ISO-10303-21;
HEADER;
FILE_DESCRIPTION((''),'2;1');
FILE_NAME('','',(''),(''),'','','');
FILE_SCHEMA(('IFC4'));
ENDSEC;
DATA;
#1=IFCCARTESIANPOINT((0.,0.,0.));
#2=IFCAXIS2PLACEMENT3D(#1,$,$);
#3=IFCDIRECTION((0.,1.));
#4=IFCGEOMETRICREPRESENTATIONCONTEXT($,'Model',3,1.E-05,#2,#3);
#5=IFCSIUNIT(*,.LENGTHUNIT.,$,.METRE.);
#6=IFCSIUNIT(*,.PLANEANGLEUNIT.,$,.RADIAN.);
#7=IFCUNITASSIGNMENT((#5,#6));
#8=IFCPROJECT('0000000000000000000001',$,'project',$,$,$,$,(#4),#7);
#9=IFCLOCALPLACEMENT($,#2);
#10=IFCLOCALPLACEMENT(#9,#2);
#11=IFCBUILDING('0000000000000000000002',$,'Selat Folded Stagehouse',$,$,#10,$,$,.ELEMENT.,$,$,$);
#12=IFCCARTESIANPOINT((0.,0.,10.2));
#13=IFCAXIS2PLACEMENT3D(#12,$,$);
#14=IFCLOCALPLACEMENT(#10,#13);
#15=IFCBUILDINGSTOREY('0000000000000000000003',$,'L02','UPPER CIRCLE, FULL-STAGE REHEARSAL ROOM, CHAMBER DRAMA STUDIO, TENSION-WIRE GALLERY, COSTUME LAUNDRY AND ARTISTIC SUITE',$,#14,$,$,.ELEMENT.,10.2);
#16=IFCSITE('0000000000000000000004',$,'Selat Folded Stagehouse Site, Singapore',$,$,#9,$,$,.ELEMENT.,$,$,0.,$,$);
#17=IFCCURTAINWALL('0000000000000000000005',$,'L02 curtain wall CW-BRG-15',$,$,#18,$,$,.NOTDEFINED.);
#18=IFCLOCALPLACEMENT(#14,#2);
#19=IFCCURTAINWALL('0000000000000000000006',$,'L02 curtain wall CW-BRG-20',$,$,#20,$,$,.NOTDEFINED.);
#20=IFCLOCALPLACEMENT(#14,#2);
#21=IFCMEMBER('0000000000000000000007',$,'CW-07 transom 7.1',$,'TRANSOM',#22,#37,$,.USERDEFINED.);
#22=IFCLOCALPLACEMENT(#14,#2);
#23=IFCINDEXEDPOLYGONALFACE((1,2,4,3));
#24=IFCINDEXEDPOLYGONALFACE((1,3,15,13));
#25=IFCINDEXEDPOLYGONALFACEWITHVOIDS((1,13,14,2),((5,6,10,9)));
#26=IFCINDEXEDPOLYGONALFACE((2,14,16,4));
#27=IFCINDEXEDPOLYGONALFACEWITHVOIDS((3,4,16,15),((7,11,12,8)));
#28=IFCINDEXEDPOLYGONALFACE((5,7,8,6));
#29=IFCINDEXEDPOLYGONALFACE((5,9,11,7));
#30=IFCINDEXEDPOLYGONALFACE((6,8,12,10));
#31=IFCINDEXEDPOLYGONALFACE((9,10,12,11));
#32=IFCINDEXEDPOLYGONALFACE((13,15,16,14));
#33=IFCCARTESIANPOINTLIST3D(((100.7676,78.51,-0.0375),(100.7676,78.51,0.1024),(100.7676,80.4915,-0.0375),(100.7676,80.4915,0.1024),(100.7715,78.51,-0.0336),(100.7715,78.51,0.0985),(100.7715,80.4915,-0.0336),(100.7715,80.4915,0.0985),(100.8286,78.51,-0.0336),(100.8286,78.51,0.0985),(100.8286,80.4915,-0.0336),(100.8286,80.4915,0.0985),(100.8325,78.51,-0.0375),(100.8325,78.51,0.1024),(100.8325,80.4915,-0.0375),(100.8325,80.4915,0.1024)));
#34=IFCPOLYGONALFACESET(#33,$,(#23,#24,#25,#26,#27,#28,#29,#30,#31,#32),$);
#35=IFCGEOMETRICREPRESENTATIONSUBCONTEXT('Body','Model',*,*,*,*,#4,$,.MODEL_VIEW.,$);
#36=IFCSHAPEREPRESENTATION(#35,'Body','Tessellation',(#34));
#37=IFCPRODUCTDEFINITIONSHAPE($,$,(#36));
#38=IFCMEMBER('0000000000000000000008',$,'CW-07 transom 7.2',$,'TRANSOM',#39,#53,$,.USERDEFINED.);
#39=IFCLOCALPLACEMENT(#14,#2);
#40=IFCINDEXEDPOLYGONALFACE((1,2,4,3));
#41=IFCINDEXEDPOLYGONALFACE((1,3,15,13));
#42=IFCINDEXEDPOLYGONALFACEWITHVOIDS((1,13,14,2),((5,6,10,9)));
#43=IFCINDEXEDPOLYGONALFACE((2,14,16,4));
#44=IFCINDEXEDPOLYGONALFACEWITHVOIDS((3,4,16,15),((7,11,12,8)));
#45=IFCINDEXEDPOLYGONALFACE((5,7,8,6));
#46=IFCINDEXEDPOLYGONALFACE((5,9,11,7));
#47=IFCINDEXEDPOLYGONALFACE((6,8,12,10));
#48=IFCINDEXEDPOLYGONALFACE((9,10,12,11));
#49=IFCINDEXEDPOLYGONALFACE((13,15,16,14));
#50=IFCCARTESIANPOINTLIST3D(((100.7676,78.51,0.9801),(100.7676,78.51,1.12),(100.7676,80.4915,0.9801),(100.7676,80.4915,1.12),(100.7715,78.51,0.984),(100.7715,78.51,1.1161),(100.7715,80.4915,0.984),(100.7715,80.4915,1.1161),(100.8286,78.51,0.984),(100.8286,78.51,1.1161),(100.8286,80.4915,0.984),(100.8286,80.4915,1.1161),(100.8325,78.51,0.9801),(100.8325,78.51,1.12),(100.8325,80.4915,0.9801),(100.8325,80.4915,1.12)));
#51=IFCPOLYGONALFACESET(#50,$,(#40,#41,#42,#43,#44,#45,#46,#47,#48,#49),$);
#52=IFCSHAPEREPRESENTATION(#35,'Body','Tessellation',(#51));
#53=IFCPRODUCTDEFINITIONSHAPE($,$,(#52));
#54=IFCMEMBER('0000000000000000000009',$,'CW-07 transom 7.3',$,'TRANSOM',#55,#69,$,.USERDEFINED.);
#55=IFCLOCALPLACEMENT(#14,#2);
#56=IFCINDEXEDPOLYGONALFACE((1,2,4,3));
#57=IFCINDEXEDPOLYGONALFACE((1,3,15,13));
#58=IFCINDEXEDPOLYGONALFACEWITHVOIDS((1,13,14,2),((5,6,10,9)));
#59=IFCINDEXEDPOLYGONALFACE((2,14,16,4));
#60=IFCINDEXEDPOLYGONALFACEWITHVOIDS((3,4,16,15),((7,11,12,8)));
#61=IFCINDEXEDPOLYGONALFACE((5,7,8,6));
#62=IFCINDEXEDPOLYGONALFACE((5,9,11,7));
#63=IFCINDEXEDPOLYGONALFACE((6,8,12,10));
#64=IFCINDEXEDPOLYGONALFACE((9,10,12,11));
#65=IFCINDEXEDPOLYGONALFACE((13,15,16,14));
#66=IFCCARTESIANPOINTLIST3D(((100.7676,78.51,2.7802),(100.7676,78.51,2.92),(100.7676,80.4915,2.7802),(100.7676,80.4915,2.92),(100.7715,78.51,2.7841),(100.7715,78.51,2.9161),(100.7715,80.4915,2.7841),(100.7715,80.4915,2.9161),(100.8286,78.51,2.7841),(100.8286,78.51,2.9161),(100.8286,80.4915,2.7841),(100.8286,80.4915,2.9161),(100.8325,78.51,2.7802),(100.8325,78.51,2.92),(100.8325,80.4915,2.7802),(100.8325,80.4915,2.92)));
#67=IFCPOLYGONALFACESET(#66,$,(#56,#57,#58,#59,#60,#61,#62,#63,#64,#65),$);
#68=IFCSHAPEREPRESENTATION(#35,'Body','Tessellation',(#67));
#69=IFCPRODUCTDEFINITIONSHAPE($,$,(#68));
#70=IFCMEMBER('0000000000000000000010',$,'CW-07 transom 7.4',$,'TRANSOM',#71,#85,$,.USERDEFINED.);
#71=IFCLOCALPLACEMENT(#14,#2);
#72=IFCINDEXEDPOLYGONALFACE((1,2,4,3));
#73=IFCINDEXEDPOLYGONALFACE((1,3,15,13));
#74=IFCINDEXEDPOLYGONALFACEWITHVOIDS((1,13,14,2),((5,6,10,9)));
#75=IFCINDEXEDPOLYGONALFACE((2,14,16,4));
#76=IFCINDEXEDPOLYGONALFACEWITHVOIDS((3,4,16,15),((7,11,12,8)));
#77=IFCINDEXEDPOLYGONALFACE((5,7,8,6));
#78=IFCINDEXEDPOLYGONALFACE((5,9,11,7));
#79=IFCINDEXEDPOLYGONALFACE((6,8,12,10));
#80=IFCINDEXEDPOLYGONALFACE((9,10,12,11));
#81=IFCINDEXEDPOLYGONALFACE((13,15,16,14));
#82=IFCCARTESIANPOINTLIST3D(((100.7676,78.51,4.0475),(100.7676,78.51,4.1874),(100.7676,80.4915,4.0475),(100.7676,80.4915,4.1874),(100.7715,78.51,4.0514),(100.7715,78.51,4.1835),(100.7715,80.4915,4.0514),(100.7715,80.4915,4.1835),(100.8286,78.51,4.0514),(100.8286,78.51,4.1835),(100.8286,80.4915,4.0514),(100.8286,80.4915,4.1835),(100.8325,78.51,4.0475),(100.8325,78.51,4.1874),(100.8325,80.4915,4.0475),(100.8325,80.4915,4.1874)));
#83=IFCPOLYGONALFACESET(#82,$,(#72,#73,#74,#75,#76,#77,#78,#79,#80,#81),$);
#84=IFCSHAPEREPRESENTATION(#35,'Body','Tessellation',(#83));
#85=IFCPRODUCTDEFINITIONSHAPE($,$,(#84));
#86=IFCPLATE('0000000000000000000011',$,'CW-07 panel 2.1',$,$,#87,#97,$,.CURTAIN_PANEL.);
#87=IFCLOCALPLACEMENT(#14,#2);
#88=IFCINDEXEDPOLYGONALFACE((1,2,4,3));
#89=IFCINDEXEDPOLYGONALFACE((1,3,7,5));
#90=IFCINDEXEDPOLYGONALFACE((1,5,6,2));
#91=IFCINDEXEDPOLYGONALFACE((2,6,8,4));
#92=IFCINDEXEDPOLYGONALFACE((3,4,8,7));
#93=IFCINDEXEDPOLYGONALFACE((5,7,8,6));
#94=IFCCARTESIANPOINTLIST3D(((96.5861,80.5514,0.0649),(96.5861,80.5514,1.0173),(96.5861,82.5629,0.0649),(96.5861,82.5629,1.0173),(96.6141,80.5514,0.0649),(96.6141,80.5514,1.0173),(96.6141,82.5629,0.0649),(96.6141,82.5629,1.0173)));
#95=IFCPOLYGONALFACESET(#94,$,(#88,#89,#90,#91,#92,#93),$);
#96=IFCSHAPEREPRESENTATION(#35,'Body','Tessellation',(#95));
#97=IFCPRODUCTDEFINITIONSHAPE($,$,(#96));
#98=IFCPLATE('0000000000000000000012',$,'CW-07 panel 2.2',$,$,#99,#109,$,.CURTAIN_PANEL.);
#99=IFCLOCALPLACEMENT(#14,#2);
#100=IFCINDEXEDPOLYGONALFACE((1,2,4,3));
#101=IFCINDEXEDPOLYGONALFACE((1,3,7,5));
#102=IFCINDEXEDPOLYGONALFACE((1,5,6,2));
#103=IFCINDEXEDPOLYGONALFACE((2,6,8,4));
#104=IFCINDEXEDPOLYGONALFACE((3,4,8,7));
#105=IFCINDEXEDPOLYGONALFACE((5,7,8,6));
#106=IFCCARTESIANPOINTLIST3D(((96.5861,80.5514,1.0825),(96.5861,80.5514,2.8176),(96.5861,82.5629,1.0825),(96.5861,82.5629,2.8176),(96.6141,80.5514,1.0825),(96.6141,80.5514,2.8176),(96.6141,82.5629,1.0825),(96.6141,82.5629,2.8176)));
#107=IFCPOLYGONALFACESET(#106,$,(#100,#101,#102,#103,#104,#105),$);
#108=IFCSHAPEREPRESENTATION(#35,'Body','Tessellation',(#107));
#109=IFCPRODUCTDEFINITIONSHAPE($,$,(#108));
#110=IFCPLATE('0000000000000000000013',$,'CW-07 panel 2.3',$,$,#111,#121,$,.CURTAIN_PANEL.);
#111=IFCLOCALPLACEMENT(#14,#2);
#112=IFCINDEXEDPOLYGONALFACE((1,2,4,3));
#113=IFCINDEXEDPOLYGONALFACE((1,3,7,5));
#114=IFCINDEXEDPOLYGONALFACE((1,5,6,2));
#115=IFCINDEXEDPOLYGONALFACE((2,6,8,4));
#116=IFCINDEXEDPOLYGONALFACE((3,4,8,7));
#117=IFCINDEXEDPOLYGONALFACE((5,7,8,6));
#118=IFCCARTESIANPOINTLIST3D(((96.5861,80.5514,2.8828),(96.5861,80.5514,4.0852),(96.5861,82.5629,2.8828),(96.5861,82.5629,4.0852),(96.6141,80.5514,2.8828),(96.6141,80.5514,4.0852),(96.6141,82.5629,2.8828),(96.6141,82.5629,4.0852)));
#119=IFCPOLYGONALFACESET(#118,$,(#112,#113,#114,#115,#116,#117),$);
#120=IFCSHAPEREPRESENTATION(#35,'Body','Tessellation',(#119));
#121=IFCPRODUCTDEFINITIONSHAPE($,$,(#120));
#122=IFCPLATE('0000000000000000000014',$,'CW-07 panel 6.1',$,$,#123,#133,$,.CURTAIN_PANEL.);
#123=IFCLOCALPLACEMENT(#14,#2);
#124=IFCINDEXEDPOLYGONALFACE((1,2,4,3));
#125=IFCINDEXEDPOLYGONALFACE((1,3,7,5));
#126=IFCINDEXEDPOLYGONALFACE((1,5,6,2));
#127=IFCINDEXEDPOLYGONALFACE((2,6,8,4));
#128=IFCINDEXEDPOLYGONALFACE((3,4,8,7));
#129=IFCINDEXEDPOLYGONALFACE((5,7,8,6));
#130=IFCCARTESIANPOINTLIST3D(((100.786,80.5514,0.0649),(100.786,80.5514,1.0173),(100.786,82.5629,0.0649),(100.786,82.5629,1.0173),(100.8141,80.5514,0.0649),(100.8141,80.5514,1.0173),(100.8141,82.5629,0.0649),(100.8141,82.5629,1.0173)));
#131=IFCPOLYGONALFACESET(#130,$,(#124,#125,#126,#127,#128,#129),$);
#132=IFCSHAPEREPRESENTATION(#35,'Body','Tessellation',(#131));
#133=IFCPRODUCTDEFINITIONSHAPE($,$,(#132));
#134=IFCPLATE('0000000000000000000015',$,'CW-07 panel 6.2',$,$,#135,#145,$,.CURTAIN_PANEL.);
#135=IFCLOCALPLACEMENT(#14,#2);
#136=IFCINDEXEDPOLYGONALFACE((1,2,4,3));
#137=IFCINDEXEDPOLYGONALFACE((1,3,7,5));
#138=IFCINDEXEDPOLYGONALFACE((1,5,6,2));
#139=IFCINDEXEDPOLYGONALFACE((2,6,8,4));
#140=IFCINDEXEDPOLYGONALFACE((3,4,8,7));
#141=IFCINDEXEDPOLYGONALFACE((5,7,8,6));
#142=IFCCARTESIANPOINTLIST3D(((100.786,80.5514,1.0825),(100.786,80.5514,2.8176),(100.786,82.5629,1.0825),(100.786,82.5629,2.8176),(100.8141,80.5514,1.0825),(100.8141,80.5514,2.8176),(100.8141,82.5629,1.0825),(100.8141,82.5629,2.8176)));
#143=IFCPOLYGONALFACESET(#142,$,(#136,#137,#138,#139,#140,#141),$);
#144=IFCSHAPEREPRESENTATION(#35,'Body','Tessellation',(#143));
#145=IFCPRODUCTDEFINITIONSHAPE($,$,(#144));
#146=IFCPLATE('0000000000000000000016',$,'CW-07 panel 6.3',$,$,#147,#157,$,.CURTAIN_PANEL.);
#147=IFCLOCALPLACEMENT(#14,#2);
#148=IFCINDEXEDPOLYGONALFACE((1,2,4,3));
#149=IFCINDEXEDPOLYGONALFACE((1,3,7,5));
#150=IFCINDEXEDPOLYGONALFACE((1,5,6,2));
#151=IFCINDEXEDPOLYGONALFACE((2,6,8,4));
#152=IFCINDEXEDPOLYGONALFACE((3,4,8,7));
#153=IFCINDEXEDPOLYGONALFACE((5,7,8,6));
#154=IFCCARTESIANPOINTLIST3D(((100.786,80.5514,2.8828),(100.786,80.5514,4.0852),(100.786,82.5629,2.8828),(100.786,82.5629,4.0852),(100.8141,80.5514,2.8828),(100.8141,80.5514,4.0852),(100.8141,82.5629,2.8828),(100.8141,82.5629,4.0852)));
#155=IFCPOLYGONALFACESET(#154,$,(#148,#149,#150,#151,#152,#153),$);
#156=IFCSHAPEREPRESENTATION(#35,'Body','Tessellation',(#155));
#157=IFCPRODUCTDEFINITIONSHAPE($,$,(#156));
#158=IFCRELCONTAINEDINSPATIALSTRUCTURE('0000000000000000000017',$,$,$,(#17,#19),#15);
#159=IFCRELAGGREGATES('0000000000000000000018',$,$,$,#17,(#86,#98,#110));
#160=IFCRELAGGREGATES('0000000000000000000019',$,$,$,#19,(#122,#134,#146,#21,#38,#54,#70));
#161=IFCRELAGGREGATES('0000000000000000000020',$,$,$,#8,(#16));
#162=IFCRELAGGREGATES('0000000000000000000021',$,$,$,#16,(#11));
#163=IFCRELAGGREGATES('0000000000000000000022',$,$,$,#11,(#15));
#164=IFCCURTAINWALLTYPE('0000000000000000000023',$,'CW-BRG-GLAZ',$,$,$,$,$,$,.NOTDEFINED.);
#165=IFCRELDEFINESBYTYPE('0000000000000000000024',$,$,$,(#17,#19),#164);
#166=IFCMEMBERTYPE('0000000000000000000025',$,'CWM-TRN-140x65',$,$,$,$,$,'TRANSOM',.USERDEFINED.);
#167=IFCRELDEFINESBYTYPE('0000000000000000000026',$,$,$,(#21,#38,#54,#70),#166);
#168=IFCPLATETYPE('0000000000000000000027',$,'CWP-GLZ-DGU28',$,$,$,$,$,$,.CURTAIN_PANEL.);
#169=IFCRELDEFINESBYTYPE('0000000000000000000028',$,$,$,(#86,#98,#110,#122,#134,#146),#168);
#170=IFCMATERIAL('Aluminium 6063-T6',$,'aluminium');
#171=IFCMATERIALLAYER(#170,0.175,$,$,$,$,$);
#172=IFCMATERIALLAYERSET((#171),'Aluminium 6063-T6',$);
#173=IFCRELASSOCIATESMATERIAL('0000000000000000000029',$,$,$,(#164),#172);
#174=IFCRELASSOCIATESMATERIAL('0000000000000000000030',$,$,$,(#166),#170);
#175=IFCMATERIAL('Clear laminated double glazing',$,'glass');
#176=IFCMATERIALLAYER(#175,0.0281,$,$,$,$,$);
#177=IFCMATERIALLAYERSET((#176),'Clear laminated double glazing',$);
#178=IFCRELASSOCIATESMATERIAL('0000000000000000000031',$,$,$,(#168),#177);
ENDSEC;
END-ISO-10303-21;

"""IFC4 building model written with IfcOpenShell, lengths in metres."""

from ifc_helpers import new_model, si_unit, direction, frame, origin, origin_2d, place, context, subcontext, project, spatial, rectangle, hollow_rectangle, extrude, material, layer, layer_set, material_profile, profile_set, type_object, element, aggregate, save


model = new_model("IFC4")

# Units and contexts
model_context = context("Model", 3, precision=1e-05, world=origin(), true_north=direction((0.0, 1.0)))
body_context = subcontext(model_context, "Body", "Model", "MODEL_VIEW")
ifc_project = project(units=[si_unit("LENGTHUNIT", "METRE"), si_unit("PLANEANGLEUNIT", "RADIAN")], contexts=[model_context])

# Site, building, storey
site_placement = place(None, origin())
site = spatial("IfcSite", under=ifc_project, at=site_placement, Name="Selat Folded Stagehouse Site, Singapore", CompositionType="ELEMENT", RefElevation=0.0)
building_placement = place(site_placement, origin())
building = spatial("IfcBuilding", under=site, at=building_placement, Name="Selat Folded Stagehouse", CompositionType="ELEMENT")
storey_placement = place(building_placement, frame((0.0, 0.0, 10.2)))
storey = spatial("IfcBuildingStorey", under=building, at=storey_placement, Name="L02", Description="UPPER CIRCLE, FULL-STAGE REHEARSAL ROOM, CHAMBER DRAMA STUDIO, TENSION-WIRE GALLERY, COSTUME LAUNDRY AND ARTISTIC SUITE", CompositionType="ELEMENT", Elevation=10.2)

# Curtain wall
ifc_material_1 = material(Name="Aluminium 6063-T6", Category="aluminium")
ifc_layer_1 = layer(ifc_material_1, 0.175)
ifc_layer_set_1 = layer_set([ifc_layer_1], Name="Aluminium 6063-T6")
curtain_wall_type = type_object("IfcCurtainWallType", Name="CW-BRG-GLAZ", PredefinedType="NOTDEFINED", material=ifc_layer_set_1)
curtain_wall_1_placement = place(storey_placement, origin())
curtain_wall_1 = element("IfcCurtainWall", 1, at=curtain_wall_1_placement, inside=storey, type_object=curtain_wall_type, Name="L02 curtain wall CW-BRG-15", PredefinedType="NOTDEFINED")

# Curtain wall
curtain_wall_2_placement = place(storey_placement, origin())
curtain_wall_2 = element("IfcCurtainWall", 2, at=curtain_wall_2_placement, inside=storey, type_object=curtain_wall_type, Name="L02 curtain wall CW-BRG-20", PredefinedType="NOTDEFINED")

# Members
ifc_material_profile_1 = material_profile(ifc_material_1, hollow_rectangle(XDim=0.0649, YDim=0.1399, WallThickness=0.0039, at=origin_2d()), Name="ALU 140x65x4.0")
ifc_profile_set_1 = profile_set([ifc_material_profile_1], Name="Aluminium 6063-T6")
member_type_1 = type_object("IfcMemberType", Name="CWM-TRN-140x65", ElementType="TRANSOM", PredefinedType="USERDEFINED", material=ifc_profile_set_1)
member_1_placement = place(storey_placement, frame((100.8, 80.4915, 0.0325), z_axis=(0.0, -1.0, 0.0), x_axis=(1.0, 0.0, 0.0)))
member_1 = element("IfcMember", 3, at=member_1_placement, type_object=member_type_1, Name="CW-07 transom 7.1", ObjectType="TRANSOM", PredefinedType="USERDEFINED", context=body_context, shape_type="SweptSolid", body=[
    extrude(hollow_rectangle(XDim=0.0649, YDim=0.1399, WallThickness=0.0039, at=origin_2d()), origin(), (0.0, 0.0, 1.0), 1.9814),
])
member_2_placement = place(storey_placement, frame((100.8, 80.4915, 1.05), z_axis=(0.0, -1.0, 0.0), x_axis=(1.0, 0.0, 0.0)))
member_2 = element("IfcMember", 4, at=member_2_placement, type_object=member_type_1, Name="CW-07 transom 7.2", ObjectType="TRANSOM", PredefinedType="USERDEFINED", context=body_context, shape_type="SweptSolid", body=[
    extrude(hollow_rectangle(XDim=0.0649, YDim=0.1399, WallThickness=0.0039, at=origin_2d()), origin(), (0.0, 0.0, 1.0), 1.9814),
])
member_3_placement = place(storey_placement, frame((100.8, 80.4915, 2.8501), z_axis=(0.0, -1.0, 0.0), x_axis=(1.0, 0.0, 0.0)))
member_3 = element("IfcMember", 5, at=member_3_placement, type_object=member_type_1, Name="CW-07 transom 7.3", ObjectType="TRANSOM", PredefinedType="USERDEFINED", context=body_context, shape_type="SweptSolid", body=[
    extrude(hollow_rectangle(XDim=0.0649, YDim=0.1399, WallThickness=0.0039, at=origin_2d()), origin(), (0.0, 0.0, 1.0), 1.9814),
])
member_4_placement = place(storey_placement, frame((100.8, 80.4915, 4.1174), z_axis=(0.0, -1.0, 0.0), x_axis=(1.0, 0.0, 0.0)))
member_4 = element("IfcMember", 6, at=member_4_placement, type_object=member_type_1, Name="CW-07 transom 7.4", ObjectType="TRANSOM", PredefinedType="USERDEFINED", context=body_context, shape_type="SweptSolid", body=[
    extrude(hollow_rectangle(XDim=0.0649, YDim=0.1399, WallThickness=0.0039, at=origin_2d()), origin(), (0.0, 0.0, 1.0), 1.9814),
])

# Plates
ifc_material_2 = material(Name="Clear laminated double glazing", Category="glass")
ifc_layer_2 = layer(ifc_material_2, 0.0281)
ifc_layer_set_2 = layer_set([ifc_layer_2], Name="Clear laminated double glazing")
plate_type = type_object("IfcPlateType", Name="CWP-GLZ-DGU28", PredefinedType="CURTAIN_PANEL", material=ifc_layer_set_2)
plate_1_placement = place(storey_placement, frame((96.6001, 81.5571, 0.0649), z_axis=(0.0, 0.0, 1.0), x_axis=(0.0, 1.0, 0.0)))
plate_1 = element("IfcPlate", 7, at=plate_1_placement, type_object=plate_type, Name="CW-07 panel 2.1", PredefinedType="CURTAIN_PANEL", context=body_context, shape_type="SweptSolid", body=[
    extrude(rectangle(XDim=2.0115, YDim=0.0281, at=origin_2d()), origin(), (0.0, 0.0, 1.0), 0.9524),
])
plate_2_placement = place(storey_placement, frame((96.6001, 81.5571, 1.0825), z_axis=(0.0, 0.0, 1.0), x_axis=(0.0, 1.0, 0.0)))
plate_2 = element("IfcPlate", 8, at=plate_2_placement, type_object=plate_type, Name="CW-07 panel 2.2", PredefinedType="CURTAIN_PANEL", context=body_context, shape_type="SweptSolid", body=[
    extrude(rectangle(XDim=2.0115, YDim=0.0281, at=origin_2d()), origin(), (0.0, 0.0, 1.0), 1.7351),
])
plate_3_placement = place(storey_placement, frame((96.6001, 81.5571, 2.8828), z_axis=(0.0, 0.0, 1.0), x_axis=(0.0, 1.0, 0.0)))
plate_3 = element("IfcPlate", 9, at=plate_3_placement, type_object=plate_type, Name="CW-07 panel 2.3", PredefinedType="CURTAIN_PANEL", context=body_context, shape_type="SweptSolid", body=[
    extrude(rectangle(XDim=2.0115, YDim=0.0281, at=origin_2d()), origin(), (0.0, 0.0, 1.0), 1.2024),
])
aggregate(curtain_wall_1, [plate_1, plate_2, plate_3])
plate_4_placement = place(storey_placement, frame((100.8, 81.5571, 0.0649), z_axis=(0.0, 0.0, 1.0), x_axis=(0.0, -1.0, 0.0)))
plate_4 = element("IfcPlate", 10, at=plate_4_placement, type_object=plate_type, Name="CW-07 panel 6.1", PredefinedType="CURTAIN_PANEL", context=body_context, shape_type="SweptSolid", body=[
    extrude(rectangle(XDim=2.0115, YDim=0.0281, at=origin_2d()), origin(), (0.0, 0.0, 1.0), 0.9524),
])
plate_5_placement = place(storey_placement, frame((100.8, 81.5571, 1.0825), z_axis=(0.0, 0.0, 1.0), x_axis=(0.0, -1.0, 0.0)))
plate_5 = element("IfcPlate", 11, at=plate_5_placement, type_object=plate_type, Name="CW-07 panel 6.2", PredefinedType="CURTAIN_PANEL", context=body_context, shape_type="SweptSolid", body=[
    extrude(rectangle(XDim=2.0115, YDim=0.0281, at=origin_2d()), origin(), (0.0, 0.0, 1.0), 1.7351),
])
plate_6_placement = place(storey_placement, frame((100.8, 81.5571, 2.8828), z_axis=(0.0, 0.0, 1.0), x_axis=(0.0, -1.0, 0.0)))
plate_6 = element("IfcPlate", 12, at=plate_6_placement, type_object=plate_type, Name="CW-07 panel 6.3", PredefinedType="CURTAIN_PANEL", context=body_context, shape_type="SweptSolid", body=[
    extrude(rectangle(XDim=2.0115, YDim=0.0281, at=origin_2d()), origin(), (0.0, 0.0, 1.0), 1.2024),
])
aggregate(curtain_wall_2, [plate_4, plate_5, plate_6, member_1, member_2, member_3, member_4])

save(model, "model.ifc")
